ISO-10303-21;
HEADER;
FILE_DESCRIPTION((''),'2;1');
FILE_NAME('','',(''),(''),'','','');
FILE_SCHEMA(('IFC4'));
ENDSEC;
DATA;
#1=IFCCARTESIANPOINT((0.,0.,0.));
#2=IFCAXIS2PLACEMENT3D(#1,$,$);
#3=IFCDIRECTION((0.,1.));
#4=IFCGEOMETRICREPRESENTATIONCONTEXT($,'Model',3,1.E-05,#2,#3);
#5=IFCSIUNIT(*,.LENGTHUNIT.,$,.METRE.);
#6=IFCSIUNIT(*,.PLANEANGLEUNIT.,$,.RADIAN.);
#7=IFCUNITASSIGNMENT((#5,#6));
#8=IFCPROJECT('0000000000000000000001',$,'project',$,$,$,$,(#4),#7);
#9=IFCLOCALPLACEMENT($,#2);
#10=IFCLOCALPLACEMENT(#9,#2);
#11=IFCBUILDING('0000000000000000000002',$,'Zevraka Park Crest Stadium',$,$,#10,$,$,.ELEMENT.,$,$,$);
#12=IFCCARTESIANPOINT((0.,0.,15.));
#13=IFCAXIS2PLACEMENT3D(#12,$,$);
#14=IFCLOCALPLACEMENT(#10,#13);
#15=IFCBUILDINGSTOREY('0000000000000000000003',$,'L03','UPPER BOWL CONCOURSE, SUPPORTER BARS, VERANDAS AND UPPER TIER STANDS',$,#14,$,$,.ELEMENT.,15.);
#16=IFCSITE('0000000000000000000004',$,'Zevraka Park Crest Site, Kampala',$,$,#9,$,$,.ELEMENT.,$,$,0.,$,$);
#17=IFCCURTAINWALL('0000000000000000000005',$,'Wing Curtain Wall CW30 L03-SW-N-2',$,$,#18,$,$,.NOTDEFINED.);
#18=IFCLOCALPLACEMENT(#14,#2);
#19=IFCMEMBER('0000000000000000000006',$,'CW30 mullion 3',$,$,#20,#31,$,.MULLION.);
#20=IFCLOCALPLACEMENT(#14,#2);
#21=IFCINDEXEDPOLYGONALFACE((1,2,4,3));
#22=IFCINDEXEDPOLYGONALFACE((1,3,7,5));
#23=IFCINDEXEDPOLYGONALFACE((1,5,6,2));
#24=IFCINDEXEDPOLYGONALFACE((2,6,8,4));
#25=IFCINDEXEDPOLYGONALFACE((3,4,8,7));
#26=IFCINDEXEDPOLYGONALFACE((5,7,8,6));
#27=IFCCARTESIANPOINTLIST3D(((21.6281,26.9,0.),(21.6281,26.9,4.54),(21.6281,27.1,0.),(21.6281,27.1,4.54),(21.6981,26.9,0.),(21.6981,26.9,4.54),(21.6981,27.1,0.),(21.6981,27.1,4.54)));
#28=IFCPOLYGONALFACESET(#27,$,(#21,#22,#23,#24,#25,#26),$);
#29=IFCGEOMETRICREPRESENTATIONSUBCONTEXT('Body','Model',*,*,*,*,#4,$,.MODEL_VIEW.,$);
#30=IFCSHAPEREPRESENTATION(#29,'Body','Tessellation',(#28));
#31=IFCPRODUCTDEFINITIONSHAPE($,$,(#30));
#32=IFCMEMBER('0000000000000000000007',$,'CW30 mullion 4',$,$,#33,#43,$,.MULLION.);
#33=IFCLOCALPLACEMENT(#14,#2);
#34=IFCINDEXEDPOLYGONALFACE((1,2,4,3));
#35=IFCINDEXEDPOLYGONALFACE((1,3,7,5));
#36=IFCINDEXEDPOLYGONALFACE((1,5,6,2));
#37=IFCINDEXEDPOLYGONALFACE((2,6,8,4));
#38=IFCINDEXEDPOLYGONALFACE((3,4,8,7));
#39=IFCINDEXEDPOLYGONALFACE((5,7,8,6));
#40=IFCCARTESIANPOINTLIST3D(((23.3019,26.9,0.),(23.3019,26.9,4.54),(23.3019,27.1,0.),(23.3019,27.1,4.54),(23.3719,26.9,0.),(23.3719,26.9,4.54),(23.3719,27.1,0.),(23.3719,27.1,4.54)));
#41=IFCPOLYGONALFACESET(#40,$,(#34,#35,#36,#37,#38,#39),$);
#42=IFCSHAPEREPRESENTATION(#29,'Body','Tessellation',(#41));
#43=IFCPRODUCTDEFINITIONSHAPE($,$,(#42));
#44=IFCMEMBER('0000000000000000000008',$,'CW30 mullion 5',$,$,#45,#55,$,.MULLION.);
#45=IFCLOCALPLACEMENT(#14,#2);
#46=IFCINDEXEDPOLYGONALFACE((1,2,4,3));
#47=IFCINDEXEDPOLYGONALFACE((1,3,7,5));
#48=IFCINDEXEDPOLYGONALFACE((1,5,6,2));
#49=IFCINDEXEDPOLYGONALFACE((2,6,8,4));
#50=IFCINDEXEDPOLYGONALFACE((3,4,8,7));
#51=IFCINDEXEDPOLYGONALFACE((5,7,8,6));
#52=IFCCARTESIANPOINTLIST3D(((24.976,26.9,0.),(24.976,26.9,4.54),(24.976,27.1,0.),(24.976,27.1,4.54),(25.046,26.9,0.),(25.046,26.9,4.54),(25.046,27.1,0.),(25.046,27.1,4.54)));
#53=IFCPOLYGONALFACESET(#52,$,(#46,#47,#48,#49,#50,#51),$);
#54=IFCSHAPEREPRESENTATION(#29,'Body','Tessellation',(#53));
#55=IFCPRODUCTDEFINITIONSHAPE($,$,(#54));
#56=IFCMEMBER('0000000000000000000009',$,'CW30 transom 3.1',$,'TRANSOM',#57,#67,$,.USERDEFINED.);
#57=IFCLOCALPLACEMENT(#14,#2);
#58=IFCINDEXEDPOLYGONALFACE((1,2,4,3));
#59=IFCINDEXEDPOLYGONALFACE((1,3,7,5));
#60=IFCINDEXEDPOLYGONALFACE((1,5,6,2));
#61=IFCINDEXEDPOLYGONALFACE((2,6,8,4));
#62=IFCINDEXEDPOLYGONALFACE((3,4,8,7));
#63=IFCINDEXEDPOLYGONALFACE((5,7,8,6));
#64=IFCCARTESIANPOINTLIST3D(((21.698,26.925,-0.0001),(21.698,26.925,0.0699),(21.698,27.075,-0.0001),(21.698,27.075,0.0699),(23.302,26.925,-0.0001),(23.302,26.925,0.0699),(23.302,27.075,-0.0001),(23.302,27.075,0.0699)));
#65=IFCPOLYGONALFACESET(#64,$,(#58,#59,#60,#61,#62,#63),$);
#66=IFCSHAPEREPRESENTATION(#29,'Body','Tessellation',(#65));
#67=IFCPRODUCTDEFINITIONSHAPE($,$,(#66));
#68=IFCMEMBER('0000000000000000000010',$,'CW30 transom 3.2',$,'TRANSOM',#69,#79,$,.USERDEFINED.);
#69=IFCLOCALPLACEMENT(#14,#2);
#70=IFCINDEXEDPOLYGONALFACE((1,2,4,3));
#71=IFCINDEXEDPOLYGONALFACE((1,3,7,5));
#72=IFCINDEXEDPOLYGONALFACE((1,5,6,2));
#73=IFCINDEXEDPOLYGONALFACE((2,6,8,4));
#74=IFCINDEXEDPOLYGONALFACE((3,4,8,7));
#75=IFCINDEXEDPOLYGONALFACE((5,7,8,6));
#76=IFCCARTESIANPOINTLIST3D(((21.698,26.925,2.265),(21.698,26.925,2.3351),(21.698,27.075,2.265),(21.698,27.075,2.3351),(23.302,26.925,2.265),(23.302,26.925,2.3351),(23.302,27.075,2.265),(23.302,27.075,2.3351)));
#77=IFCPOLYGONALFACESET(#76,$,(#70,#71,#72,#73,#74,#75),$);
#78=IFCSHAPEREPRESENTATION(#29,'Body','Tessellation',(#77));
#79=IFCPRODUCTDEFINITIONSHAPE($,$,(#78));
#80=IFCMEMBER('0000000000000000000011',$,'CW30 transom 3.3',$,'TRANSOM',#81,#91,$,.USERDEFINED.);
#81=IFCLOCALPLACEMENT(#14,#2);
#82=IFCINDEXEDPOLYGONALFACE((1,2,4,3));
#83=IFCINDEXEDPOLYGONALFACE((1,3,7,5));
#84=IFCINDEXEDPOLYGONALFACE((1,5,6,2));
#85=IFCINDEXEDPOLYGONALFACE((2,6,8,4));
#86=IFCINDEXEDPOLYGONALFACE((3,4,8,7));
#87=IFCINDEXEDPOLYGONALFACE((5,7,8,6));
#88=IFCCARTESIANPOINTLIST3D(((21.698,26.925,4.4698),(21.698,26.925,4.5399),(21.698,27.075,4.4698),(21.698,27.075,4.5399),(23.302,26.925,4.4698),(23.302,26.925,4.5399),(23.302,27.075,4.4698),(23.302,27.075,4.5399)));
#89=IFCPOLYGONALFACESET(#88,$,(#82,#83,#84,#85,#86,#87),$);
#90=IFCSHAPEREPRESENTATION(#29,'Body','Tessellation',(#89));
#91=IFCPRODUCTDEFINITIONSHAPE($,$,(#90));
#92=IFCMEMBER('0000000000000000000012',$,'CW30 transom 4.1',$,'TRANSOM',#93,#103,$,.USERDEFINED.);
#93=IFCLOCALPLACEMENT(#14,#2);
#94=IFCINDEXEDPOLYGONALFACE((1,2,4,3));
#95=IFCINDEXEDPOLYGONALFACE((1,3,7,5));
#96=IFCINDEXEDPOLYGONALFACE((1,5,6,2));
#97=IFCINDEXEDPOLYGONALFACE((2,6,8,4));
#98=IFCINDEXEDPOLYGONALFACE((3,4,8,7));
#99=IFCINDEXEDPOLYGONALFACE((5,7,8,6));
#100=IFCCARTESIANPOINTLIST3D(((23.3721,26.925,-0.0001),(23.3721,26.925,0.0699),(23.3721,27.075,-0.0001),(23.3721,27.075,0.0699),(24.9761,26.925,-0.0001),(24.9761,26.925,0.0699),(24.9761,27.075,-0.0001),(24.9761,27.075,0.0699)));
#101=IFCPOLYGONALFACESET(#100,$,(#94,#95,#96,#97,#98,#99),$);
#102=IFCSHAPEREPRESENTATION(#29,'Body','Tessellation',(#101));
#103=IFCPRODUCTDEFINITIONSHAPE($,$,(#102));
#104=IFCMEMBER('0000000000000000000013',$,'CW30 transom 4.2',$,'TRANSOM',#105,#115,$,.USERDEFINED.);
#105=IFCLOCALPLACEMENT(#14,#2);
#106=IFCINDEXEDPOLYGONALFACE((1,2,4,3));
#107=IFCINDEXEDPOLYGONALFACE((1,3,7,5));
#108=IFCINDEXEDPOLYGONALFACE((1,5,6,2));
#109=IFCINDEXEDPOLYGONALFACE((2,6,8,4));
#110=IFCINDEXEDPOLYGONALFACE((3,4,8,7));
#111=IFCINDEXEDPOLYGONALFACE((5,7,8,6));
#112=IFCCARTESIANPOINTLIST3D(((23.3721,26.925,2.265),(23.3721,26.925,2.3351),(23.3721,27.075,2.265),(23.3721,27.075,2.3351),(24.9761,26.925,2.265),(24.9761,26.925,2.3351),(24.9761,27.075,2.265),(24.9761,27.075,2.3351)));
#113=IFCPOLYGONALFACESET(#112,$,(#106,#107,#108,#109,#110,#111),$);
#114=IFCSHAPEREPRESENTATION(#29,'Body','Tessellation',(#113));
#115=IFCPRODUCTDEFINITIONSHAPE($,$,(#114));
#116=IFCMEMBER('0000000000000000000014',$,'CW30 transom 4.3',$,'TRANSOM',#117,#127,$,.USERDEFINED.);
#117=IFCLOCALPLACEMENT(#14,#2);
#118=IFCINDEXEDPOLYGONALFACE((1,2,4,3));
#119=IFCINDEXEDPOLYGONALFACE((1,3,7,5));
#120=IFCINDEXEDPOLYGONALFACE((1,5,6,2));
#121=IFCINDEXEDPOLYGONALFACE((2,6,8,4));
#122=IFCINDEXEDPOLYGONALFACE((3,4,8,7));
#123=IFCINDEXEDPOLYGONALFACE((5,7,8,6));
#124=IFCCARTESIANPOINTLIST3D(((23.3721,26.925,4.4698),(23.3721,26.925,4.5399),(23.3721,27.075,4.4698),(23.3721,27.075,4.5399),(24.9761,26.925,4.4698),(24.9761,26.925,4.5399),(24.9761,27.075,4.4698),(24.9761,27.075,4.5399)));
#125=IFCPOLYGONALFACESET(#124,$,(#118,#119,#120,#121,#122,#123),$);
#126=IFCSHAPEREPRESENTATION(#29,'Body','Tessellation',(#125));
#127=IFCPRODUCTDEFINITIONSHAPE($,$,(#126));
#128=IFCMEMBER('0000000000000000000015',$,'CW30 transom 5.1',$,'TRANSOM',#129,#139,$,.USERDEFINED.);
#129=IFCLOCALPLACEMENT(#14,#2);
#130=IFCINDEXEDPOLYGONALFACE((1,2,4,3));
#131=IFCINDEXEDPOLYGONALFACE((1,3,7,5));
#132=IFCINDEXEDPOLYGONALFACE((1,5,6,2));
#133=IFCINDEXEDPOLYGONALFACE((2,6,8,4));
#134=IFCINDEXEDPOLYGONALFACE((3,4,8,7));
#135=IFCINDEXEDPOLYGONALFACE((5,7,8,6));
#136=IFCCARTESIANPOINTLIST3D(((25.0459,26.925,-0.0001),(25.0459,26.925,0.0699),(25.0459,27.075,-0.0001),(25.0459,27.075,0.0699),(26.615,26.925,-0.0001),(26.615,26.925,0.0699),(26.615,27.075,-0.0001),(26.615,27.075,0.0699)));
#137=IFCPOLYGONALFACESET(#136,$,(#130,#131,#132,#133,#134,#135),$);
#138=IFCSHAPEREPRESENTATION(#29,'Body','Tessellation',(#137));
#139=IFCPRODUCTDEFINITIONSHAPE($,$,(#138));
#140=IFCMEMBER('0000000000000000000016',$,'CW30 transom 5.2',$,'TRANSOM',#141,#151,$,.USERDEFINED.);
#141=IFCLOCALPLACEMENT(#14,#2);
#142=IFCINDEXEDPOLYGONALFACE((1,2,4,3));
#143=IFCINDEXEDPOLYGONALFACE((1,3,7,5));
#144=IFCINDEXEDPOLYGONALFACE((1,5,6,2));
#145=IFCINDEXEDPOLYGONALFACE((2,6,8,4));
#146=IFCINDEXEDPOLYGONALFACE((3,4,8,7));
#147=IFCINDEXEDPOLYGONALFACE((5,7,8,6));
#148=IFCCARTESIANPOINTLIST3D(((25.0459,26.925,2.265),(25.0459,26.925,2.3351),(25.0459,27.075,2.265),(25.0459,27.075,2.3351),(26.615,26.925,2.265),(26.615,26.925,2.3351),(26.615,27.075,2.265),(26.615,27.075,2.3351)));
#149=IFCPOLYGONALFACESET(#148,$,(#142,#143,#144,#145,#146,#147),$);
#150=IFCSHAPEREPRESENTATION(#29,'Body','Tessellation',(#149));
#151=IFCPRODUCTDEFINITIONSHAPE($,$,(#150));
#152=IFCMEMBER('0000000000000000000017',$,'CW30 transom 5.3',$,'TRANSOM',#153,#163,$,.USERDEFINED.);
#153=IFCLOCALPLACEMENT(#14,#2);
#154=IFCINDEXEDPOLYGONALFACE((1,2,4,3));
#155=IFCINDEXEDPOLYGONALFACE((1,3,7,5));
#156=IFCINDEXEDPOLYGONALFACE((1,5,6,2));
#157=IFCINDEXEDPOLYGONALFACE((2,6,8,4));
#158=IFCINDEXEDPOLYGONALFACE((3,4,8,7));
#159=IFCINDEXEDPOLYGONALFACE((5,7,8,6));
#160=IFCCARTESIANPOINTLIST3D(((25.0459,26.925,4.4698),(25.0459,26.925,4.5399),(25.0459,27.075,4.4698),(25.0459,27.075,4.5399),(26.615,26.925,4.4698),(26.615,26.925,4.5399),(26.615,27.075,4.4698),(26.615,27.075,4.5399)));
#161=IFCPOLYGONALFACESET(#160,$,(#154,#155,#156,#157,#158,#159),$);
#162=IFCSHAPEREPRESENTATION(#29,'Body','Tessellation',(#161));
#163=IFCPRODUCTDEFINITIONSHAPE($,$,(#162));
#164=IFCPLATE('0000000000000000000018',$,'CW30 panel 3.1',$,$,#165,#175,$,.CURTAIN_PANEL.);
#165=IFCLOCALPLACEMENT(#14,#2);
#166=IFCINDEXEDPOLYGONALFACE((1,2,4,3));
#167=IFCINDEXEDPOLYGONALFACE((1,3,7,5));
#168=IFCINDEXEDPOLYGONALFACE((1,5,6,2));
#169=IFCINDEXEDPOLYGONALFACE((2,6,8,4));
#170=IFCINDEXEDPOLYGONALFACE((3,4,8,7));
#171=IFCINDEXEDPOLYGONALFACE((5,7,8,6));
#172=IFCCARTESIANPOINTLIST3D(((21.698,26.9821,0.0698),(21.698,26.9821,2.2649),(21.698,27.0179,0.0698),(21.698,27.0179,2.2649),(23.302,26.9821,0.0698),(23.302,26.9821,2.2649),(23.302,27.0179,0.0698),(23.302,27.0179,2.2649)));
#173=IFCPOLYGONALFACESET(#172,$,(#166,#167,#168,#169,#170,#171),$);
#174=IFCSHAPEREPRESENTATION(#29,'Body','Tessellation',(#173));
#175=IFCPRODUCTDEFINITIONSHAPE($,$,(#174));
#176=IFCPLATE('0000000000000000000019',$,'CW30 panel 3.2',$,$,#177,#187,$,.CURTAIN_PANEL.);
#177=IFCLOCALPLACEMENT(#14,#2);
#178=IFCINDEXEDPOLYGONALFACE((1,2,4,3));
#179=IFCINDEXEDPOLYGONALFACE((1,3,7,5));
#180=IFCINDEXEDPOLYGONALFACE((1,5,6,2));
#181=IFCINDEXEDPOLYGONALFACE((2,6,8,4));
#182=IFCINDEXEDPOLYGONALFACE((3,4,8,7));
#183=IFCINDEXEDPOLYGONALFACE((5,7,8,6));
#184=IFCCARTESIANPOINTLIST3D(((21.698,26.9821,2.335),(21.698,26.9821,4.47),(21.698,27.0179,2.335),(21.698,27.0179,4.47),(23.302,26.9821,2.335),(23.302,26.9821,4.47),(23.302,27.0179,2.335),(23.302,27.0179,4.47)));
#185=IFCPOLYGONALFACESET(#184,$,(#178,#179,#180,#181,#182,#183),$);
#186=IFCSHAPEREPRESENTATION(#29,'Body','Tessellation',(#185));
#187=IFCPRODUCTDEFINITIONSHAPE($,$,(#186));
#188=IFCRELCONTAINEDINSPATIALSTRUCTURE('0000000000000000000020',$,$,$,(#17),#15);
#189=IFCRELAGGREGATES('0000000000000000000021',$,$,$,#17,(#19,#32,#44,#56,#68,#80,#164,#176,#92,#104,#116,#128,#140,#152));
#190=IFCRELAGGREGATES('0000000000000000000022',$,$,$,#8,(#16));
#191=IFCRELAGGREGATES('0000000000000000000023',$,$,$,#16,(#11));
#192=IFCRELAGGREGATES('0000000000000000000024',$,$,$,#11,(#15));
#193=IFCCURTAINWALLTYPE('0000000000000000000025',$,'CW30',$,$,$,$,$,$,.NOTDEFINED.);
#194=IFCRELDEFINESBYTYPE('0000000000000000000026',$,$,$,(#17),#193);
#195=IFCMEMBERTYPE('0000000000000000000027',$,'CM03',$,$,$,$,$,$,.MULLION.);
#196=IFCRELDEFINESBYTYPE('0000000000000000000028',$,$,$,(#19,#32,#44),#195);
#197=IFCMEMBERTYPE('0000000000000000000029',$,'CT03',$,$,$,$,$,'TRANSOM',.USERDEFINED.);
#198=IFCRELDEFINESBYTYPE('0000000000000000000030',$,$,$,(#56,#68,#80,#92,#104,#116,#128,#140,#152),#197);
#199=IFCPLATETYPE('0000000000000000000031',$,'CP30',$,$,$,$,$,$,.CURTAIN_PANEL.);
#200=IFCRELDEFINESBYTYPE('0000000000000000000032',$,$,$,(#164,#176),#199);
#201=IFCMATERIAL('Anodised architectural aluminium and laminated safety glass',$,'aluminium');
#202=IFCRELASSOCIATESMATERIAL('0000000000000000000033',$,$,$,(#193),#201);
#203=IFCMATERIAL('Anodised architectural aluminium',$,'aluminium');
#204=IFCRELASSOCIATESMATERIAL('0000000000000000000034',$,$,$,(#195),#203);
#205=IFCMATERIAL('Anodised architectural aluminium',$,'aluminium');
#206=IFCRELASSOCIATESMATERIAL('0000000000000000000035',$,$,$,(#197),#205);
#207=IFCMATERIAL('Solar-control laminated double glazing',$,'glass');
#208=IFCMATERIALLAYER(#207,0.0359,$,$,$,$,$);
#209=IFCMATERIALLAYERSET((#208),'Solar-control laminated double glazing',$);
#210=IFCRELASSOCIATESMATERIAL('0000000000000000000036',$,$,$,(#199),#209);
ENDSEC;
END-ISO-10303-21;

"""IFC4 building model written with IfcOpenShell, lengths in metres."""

from ifc_helpers import new_model, si_unit, direction, frame, origin, origin_2d, place, context, subcontext, project, spatial, rectangle, extrude, material, layer, layer_set, material_profile, profile_set, type_object, element, aggregate, save


model = new_model("IFC4")

# Units and contexts
model_context = context("Model", 3, precision=1e-05, world=origin(), true_north=direction((0.0, 1.0)))
body_context = subcontext(model_context, "Body", "Model", "MODEL_VIEW")
ifc_project = project(units=[si_unit("LENGTHUNIT", "METRE"), si_unit("PLANEANGLEUNIT", "RADIAN")], contexts=[model_context])

# Site, building, storey
site_placement = place(None, origin())
site = spatial("IfcSite", under=ifc_project, at=site_placement, Name="Zevraka Park Crest Site, Kampala", CompositionType="ELEMENT", RefElevation=0.0)
building_placement = place(site_placement, origin())
building = spatial("IfcBuilding", under=site, at=building_placement, Name="Zevraka Park Crest Stadium", CompositionType="ELEMENT")
storey_placement = place(building_placement, frame((0.0, 0.0, 15.0)))
storey = spatial("IfcBuildingStorey", under=building, at=storey_placement, Name="L03", Description="UPPER BOWL CONCOURSE, SUPPORTER BARS, VERANDAS AND UPPER TIER STANDS", CompositionType="ELEMENT", Elevation=15.0)

# Curtain wall, members, plates
ifc_material_1 = material(Name="Anodised architectural aluminium and laminated safety glass", Category="aluminium")
curtain_wall_type = type_object("IfcCurtainWallType", Name="CW30", PredefinedType="NOTDEFINED", material=ifc_material_1)
curtain_wall_placement = place(storey_placement, origin())
curtain_wall = element("IfcCurtainWall", 1, at=curtain_wall_placement, inside=storey, type_object=curtain_wall_type, Name="Wing Curtain Wall CW30 L03-SW-N-2", PredefinedType="NOTDEFINED")
ifc_material_2 = material(Name="Anodised architectural aluminium", Category="aluminium")
ifc_material_profile_1 = material_profile(ifc_material_2, rectangle(XDim=0.2, YDim=0.0701, at=origin_2d()), Name="ALU MULLION 200x70")
ifc_profile_set_1 = profile_set([ifc_material_profile_1], Name="Anodised architectural aluminium")
member_type_1 = type_object("IfcMemberType", Name="CM03", PredefinedType="MULLION", material=ifc_profile_set_1)
member_1_placement = place(storey_placement, frame((21.6631, 27.0, 0.0), z_axis=(0.0, 0.0, 1.0), x_axis=(0.0, 1.0, 0.0)))
member_1 = element("IfcMember", 2, at=member_1_placement, type_object=member_type_1, Name="CW30 mullion 3", PredefinedType="MULLION", context=body_context, shape_type="SweptSolid", body=[
    extrude(rectangle(XDim=0.2, YDim=0.0701, at=origin_2d()), origin(), (0.0, 0.0, 1.0), 4.54),
])
member_2_placement = place(storey_placement, frame((23.3369, 27.0, 0.0), z_axis=(0.0, 0.0, 1.0), x_axis=(0.0, 1.0, 0.0)))
member_2 = element("IfcMember", 3, at=member_2_placement, type_object=member_type_1, Name="CW30 mullion 4", PredefinedType="MULLION", context=body_context, shape_type="SweptSolid", body=[
    extrude(rectangle(XDim=0.2, YDim=0.0701, at=origin_2d()), origin(), (0.0, 0.0, 1.0), 4.54),
])
member_3_placement = place(storey_placement, frame((25.011, 27.0, 0.0), z_axis=(0.0, 0.0, 1.0), x_axis=(0.0, 1.0, 0.0)))
member_3 = element("IfcMember", 4, at=member_3_placement, type_object=member_type_1, Name="CW30 mullion 5", PredefinedType="MULLION", context=body_context, shape_type="SweptSolid", body=[
    extrude(rectangle(XDim=0.2, YDim=0.0701, at=origin_2d()), origin(), (0.0, 0.0, 1.0), 4.54),
])
ifc_material_3 = material(Name="Anodised architectural aluminium", Category="aluminium")
ifc_material_profile_2 = material_profile(ifc_material_3, rectangle(XDim=0.1499, YDim=0.0701, at=origin_2d()), Name="ALU TRANSOM 150x70")
ifc_profile_set_2 = profile_set([ifc_material_profile_2], Name="Anodised architectural aluminium")
member_type_2 = type_object("IfcMemberType", Name="CT03", ElementType="TRANSOM", PredefinedType="USERDEFINED", material=ifc_profile_set_2)
member_4_placement = place(storey_placement, frame((21.698, 27.0, 0.0349), z_axis=(1.0, 0.0, 0.0), x_axis=(0.0, 1.0, 0.0)))
member_4 = element("IfcMember", 5, at=member_4_placement, type_object=member_type_2, Name="CW30 transom 3.1", ObjectType="TRANSOM", PredefinedType="USERDEFINED", context=body_context, shape_type="SweptSolid", body=[
    extrude(rectangle(XDim=0.1499, YDim=0.0701, at=origin_2d()), origin(), (0.0, 0.0, 1.0), 1.604),
])
member_5_placement = place(storey_placement, frame((21.698, 27.0, 2.3), z_axis=(1.0, 0.0, 0.0), x_axis=(0.0, 1.0, 0.0)))
member_5 = element("IfcMember", 6, at=member_5_placement, type_object=member_type_2, Name="CW30 transom 3.2", ObjectType="TRANSOM", PredefinedType="USERDEFINED", context=body_context, shape_type="SweptSolid", body=[
    extrude(rectangle(XDim=0.1499, YDim=0.0701, at=origin_2d()), origin(), (0.0, 0.0, 1.0), 1.604),
])
member_6_placement = place(storey_placement, frame((21.698, 27.0, 4.5049), z_axis=(1.0, 0.0, 0.0), x_axis=(0.0, 1.0, 0.0)))
member_6 = element("IfcMember", 7, at=member_6_placement, type_object=member_type_2, Name="CW30 transom 3.3", ObjectType="TRANSOM", PredefinedType="USERDEFINED", context=body_context, shape_type="SweptSolid", body=[
    extrude(rectangle(XDim=0.1499, YDim=0.0701, at=origin_2d()), origin(), (0.0, 0.0, 1.0), 1.604),
])
member_7_placement = place(storey_placement, frame((23.3721, 27.0, 0.0349), z_axis=(1.0, 0.0, 0.0), x_axis=(0.0, 1.0, 0.0)))
member_7 = element("IfcMember", 8, at=member_7_placement, type_object=member_type_2, Name="CW30 transom 4.1", ObjectType="TRANSOM", PredefinedType="USERDEFINED", context=body_context, shape_type="SweptSolid", body=[
    extrude(rectangle(XDim=0.1499, YDim=0.0701, at=origin_2d()), origin(), (0.0, 0.0, 1.0), 1.604),
])
member_8_placement = place(storey_placement, frame((23.3721, 27.0, 2.3), z_axis=(1.0, 0.0, 0.0), x_axis=(0.0, 1.0, 0.0)))
member_8 = element("IfcMember", 9, at=member_8_placement, type_object=member_type_2, Name="CW30 transom 4.2", ObjectType="TRANSOM", PredefinedType="USERDEFINED", context=body_context, shape_type="SweptSolid", body=[
    extrude(rectangle(XDim=0.1499, YDim=0.0701, at=origin_2d()), origin(), (0.0, 0.0, 1.0), 1.604),
])
member_9_placement = place(storey_placement, frame((23.3721, 27.0, 4.5049), z_axis=(1.0, 0.0, 0.0), x_axis=(0.0, 1.0, 0.0)))
member_9 = element("IfcMember", 10, at=member_9_placement, type_object=member_type_2, Name="CW30 transom 4.3", ObjectType="TRANSOM", PredefinedType="USERDEFINED", context=body_context, shape_type="SweptSolid", body=[
    extrude(rectangle(XDim=0.1499, YDim=0.0701, at=origin_2d()), origin(), (0.0, 0.0, 1.0), 1.604),
])
member_10_placement = place(storey_placement, frame((25.0459, 27.0, 0.0349), z_axis=(1.0, 0.0, 0.0), x_axis=(0.0, 1.0, 0.0)))
member_10 = element("IfcMember", 11, at=member_10_placement, type_object=member_type_2, Name="CW30 transom 5.1", ObjectType="TRANSOM", PredefinedType="USERDEFINED", context=body_context, shape_type="SweptSolid", body=[
    extrude(rectangle(XDim=0.1499, YDim=0.0701, at=origin_2d()), origin(), (0.0, 0.0, 1.0), 1.5691),
])
member_11_placement = place(storey_placement, frame((25.0459, 27.0, 2.3), z_axis=(1.0, 0.0, 0.0), x_axis=(0.0, 1.0, 0.0)))
member_11 = element("IfcMember", 12, at=member_11_placement, type_object=member_type_2, Name="CW30 transom 5.2", ObjectType="TRANSOM", PredefinedType="USERDEFINED", context=body_context, shape_type="SweptSolid", body=[
    extrude(rectangle(XDim=0.1499, YDim=0.0701, at=origin_2d()), origin(), (0.0, 0.0, 1.0), 1.5691),
])
member_12_placement = place(storey_placement, frame((25.0459, 27.0, 4.5049), z_axis=(1.0, 0.0, 0.0), x_axis=(0.0, 1.0, 0.0)))
member_12 = element("IfcMember", 13, at=member_12_placement, type_object=member_type_2, Name="CW30 transom 5.3", ObjectType="TRANSOM", PredefinedType="USERDEFINED", context=body_context, shape_type="SweptSolid", body=[
    extrude(rectangle(XDim=0.1499, YDim=0.0701, at=origin_2d()), origin(), (0.0, 0.0, 1.0), 1.5691),
])
ifc_material_4 = material(Name="Solar-control laminated double glazing", Category="glass")
ifc_layer_1 = layer(ifc_material_4, 0.0359)
ifc_layer_set_1 = layer_set([ifc_layer_1], Name="Solar-control laminated double glazing")
plate_type = type_object("IfcPlateType", Name="CP30", PredefinedType="CURTAIN_PANEL", material=ifc_layer_set_1)
plate_1_placement = place(storey_placement, frame((22.5, 27.0, 0.0698), z_axis=(0.0, 0.0, 1.0), x_axis=(1.0, 0.0, 0.0)))
plate_1 = element("IfcPlate", 14, at=plate_1_placement, type_object=plate_type, Name="CW30 panel 3.1", PredefinedType="CURTAIN_PANEL", context=body_context, shape_type="SweptSolid", body=[
    extrude(rectangle(XDim=1.604, YDim=0.0359, at=origin_2d()), origin(), (0.0, 0.0, 1.0), 2.1951),
])
plate_2_placement = place(storey_placement, frame((22.5, 27.0, 2.335), z_axis=(0.0, 0.0, 1.0), x_axis=(1.0, 0.0, 0.0)))
plate_2 = element("IfcPlate", 15, at=plate_2_placement, type_object=plate_type, Name="CW30 panel 3.2", PredefinedType="CURTAIN_PANEL", context=body_context, shape_type="SweptSolid", body=[
    extrude(rectangle(XDim=1.604, YDim=0.0359, at=origin_2d()), origin(), (0.0, 0.0, 1.0), 2.135),
])
aggregate(curtain_wall, [member_1, member_2, member_3, member_4, member_5, member_6, plate_1, plate_2, member_7, member_8, member_9, member_10, member_11, member_12])

save(model, "model.ifc")
